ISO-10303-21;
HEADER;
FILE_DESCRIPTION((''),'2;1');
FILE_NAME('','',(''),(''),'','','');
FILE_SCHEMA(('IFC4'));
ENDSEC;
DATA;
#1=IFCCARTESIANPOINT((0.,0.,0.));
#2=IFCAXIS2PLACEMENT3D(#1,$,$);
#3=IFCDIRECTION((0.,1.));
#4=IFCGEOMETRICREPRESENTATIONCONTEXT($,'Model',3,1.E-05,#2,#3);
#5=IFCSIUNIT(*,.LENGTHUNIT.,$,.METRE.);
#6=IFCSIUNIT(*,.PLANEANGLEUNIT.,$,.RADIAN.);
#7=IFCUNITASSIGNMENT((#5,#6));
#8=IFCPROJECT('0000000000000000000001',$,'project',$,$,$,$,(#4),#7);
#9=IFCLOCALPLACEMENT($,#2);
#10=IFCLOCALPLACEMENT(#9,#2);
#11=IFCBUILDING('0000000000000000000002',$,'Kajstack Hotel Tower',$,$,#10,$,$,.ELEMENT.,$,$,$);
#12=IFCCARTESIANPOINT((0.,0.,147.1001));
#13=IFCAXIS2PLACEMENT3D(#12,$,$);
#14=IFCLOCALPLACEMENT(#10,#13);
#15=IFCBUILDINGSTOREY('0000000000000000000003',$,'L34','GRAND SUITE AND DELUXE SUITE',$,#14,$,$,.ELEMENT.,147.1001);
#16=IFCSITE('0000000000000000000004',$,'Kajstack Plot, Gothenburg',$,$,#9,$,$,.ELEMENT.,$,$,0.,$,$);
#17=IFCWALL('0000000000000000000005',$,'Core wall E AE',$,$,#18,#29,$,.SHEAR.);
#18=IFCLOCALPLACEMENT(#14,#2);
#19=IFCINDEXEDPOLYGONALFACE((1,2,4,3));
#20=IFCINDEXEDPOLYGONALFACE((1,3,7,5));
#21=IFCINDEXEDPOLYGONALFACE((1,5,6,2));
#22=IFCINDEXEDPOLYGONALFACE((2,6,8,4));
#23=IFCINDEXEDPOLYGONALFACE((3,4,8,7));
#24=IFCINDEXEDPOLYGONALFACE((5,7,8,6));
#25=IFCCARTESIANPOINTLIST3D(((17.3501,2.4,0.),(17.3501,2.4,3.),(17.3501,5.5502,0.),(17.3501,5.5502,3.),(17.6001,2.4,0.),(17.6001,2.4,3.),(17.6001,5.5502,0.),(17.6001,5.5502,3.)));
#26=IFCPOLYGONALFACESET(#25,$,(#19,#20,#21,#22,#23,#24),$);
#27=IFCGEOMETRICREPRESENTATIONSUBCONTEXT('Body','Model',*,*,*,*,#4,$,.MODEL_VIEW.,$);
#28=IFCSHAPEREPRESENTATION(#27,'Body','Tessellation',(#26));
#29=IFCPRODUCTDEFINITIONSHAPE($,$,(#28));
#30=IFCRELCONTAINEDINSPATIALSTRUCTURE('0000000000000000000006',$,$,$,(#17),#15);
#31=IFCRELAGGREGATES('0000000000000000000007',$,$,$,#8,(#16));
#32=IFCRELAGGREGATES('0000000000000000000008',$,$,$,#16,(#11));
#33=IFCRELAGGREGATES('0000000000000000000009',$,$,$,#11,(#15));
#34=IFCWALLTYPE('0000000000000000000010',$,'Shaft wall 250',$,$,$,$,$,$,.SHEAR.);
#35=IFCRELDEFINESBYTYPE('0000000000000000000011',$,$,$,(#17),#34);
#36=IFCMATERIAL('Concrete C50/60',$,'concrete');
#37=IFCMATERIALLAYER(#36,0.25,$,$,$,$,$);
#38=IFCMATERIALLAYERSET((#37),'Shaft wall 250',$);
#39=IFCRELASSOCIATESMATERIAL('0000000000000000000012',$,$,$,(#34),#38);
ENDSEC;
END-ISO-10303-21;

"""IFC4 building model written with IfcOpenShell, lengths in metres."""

from ifc_helpers import new_model, si_unit, direction, frame, frame_2d, origin, place, context, subcontext, project, spatial, rectangle, extrude, material, layer, layer_set, type_object, element, save


model = new_model("IFC4")

# Units and contexts
model_context = context("Model", 3, precision=1e-05, world=origin(), true_north=direction((0.0, 1.0)))
body_context = subcontext(model_context, "Body", "Model", "MODEL_VIEW")
ifc_project = project(units=[si_unit("LENGTHUNIT", "METRE"), si_unit("PLANEANGLEUNIT", "RADIAN")], contexts=[model_context])

# Site, building, storey
site_placement = place(None, origin())
site = spatial("IfcSite", under=ifc_project, at=site_placement, Name="Kajstack Plot, Gothenburg", CompositionType="ELEMENT", RefElevation=0.0)
building_placement = place(site_placement, origin())
building = spatial("IfcBuilding", under=site, at=building_placement, Name="Kajstack Hotel Tower", CompositionType="ELEMENT")
storey_placement = place(building_placement, frame((0.0, 0.0, 147.1001)))
storey = spatial("IfcBuildingStorey", under=building, at=storey_placement, Name="L34", Description="GRAND SUITE AND DELUXE SUITE", CompositionType="ELEMENT", Elevation=147.1001)

# Wall
ifc_material_1 = material(Name="Concrete C50/60", Category="concrete")
ifc_layer_1 = layer(ifc_material_1, 0.25)
ifc_layer_set_1 = layer_set([ifc_layer_1], Name="Shaft wall 250")
wall_type_1 = type_object("IfcWallType", Name="Shaft wall 250", PredefinedType="SHEAR", material=ifc_layer_set_1)
wall_1_placement = place(storey_placement, frame((17.4751, 2.3999, 0.0), z_axis=(0.0, 0.0, 1.0), x_axis=(0.0, 1.0, 0.0)))
element("IfcWall", 1, at=wall_1_placement, inside=storey, type_object=wall_type_1, Name="Core wall E AE", PredefinedType="SHEAR", context=body_context, shape_type="SweptSolid", body=[
    extrude(rectangle(XDim=3.1501, YDim=0.25, at=frame_2d((1.5752, 0.0))), origin(), (0.0, 0.0, 1.0), 3.0),
])

save(model, "model.ifc")
